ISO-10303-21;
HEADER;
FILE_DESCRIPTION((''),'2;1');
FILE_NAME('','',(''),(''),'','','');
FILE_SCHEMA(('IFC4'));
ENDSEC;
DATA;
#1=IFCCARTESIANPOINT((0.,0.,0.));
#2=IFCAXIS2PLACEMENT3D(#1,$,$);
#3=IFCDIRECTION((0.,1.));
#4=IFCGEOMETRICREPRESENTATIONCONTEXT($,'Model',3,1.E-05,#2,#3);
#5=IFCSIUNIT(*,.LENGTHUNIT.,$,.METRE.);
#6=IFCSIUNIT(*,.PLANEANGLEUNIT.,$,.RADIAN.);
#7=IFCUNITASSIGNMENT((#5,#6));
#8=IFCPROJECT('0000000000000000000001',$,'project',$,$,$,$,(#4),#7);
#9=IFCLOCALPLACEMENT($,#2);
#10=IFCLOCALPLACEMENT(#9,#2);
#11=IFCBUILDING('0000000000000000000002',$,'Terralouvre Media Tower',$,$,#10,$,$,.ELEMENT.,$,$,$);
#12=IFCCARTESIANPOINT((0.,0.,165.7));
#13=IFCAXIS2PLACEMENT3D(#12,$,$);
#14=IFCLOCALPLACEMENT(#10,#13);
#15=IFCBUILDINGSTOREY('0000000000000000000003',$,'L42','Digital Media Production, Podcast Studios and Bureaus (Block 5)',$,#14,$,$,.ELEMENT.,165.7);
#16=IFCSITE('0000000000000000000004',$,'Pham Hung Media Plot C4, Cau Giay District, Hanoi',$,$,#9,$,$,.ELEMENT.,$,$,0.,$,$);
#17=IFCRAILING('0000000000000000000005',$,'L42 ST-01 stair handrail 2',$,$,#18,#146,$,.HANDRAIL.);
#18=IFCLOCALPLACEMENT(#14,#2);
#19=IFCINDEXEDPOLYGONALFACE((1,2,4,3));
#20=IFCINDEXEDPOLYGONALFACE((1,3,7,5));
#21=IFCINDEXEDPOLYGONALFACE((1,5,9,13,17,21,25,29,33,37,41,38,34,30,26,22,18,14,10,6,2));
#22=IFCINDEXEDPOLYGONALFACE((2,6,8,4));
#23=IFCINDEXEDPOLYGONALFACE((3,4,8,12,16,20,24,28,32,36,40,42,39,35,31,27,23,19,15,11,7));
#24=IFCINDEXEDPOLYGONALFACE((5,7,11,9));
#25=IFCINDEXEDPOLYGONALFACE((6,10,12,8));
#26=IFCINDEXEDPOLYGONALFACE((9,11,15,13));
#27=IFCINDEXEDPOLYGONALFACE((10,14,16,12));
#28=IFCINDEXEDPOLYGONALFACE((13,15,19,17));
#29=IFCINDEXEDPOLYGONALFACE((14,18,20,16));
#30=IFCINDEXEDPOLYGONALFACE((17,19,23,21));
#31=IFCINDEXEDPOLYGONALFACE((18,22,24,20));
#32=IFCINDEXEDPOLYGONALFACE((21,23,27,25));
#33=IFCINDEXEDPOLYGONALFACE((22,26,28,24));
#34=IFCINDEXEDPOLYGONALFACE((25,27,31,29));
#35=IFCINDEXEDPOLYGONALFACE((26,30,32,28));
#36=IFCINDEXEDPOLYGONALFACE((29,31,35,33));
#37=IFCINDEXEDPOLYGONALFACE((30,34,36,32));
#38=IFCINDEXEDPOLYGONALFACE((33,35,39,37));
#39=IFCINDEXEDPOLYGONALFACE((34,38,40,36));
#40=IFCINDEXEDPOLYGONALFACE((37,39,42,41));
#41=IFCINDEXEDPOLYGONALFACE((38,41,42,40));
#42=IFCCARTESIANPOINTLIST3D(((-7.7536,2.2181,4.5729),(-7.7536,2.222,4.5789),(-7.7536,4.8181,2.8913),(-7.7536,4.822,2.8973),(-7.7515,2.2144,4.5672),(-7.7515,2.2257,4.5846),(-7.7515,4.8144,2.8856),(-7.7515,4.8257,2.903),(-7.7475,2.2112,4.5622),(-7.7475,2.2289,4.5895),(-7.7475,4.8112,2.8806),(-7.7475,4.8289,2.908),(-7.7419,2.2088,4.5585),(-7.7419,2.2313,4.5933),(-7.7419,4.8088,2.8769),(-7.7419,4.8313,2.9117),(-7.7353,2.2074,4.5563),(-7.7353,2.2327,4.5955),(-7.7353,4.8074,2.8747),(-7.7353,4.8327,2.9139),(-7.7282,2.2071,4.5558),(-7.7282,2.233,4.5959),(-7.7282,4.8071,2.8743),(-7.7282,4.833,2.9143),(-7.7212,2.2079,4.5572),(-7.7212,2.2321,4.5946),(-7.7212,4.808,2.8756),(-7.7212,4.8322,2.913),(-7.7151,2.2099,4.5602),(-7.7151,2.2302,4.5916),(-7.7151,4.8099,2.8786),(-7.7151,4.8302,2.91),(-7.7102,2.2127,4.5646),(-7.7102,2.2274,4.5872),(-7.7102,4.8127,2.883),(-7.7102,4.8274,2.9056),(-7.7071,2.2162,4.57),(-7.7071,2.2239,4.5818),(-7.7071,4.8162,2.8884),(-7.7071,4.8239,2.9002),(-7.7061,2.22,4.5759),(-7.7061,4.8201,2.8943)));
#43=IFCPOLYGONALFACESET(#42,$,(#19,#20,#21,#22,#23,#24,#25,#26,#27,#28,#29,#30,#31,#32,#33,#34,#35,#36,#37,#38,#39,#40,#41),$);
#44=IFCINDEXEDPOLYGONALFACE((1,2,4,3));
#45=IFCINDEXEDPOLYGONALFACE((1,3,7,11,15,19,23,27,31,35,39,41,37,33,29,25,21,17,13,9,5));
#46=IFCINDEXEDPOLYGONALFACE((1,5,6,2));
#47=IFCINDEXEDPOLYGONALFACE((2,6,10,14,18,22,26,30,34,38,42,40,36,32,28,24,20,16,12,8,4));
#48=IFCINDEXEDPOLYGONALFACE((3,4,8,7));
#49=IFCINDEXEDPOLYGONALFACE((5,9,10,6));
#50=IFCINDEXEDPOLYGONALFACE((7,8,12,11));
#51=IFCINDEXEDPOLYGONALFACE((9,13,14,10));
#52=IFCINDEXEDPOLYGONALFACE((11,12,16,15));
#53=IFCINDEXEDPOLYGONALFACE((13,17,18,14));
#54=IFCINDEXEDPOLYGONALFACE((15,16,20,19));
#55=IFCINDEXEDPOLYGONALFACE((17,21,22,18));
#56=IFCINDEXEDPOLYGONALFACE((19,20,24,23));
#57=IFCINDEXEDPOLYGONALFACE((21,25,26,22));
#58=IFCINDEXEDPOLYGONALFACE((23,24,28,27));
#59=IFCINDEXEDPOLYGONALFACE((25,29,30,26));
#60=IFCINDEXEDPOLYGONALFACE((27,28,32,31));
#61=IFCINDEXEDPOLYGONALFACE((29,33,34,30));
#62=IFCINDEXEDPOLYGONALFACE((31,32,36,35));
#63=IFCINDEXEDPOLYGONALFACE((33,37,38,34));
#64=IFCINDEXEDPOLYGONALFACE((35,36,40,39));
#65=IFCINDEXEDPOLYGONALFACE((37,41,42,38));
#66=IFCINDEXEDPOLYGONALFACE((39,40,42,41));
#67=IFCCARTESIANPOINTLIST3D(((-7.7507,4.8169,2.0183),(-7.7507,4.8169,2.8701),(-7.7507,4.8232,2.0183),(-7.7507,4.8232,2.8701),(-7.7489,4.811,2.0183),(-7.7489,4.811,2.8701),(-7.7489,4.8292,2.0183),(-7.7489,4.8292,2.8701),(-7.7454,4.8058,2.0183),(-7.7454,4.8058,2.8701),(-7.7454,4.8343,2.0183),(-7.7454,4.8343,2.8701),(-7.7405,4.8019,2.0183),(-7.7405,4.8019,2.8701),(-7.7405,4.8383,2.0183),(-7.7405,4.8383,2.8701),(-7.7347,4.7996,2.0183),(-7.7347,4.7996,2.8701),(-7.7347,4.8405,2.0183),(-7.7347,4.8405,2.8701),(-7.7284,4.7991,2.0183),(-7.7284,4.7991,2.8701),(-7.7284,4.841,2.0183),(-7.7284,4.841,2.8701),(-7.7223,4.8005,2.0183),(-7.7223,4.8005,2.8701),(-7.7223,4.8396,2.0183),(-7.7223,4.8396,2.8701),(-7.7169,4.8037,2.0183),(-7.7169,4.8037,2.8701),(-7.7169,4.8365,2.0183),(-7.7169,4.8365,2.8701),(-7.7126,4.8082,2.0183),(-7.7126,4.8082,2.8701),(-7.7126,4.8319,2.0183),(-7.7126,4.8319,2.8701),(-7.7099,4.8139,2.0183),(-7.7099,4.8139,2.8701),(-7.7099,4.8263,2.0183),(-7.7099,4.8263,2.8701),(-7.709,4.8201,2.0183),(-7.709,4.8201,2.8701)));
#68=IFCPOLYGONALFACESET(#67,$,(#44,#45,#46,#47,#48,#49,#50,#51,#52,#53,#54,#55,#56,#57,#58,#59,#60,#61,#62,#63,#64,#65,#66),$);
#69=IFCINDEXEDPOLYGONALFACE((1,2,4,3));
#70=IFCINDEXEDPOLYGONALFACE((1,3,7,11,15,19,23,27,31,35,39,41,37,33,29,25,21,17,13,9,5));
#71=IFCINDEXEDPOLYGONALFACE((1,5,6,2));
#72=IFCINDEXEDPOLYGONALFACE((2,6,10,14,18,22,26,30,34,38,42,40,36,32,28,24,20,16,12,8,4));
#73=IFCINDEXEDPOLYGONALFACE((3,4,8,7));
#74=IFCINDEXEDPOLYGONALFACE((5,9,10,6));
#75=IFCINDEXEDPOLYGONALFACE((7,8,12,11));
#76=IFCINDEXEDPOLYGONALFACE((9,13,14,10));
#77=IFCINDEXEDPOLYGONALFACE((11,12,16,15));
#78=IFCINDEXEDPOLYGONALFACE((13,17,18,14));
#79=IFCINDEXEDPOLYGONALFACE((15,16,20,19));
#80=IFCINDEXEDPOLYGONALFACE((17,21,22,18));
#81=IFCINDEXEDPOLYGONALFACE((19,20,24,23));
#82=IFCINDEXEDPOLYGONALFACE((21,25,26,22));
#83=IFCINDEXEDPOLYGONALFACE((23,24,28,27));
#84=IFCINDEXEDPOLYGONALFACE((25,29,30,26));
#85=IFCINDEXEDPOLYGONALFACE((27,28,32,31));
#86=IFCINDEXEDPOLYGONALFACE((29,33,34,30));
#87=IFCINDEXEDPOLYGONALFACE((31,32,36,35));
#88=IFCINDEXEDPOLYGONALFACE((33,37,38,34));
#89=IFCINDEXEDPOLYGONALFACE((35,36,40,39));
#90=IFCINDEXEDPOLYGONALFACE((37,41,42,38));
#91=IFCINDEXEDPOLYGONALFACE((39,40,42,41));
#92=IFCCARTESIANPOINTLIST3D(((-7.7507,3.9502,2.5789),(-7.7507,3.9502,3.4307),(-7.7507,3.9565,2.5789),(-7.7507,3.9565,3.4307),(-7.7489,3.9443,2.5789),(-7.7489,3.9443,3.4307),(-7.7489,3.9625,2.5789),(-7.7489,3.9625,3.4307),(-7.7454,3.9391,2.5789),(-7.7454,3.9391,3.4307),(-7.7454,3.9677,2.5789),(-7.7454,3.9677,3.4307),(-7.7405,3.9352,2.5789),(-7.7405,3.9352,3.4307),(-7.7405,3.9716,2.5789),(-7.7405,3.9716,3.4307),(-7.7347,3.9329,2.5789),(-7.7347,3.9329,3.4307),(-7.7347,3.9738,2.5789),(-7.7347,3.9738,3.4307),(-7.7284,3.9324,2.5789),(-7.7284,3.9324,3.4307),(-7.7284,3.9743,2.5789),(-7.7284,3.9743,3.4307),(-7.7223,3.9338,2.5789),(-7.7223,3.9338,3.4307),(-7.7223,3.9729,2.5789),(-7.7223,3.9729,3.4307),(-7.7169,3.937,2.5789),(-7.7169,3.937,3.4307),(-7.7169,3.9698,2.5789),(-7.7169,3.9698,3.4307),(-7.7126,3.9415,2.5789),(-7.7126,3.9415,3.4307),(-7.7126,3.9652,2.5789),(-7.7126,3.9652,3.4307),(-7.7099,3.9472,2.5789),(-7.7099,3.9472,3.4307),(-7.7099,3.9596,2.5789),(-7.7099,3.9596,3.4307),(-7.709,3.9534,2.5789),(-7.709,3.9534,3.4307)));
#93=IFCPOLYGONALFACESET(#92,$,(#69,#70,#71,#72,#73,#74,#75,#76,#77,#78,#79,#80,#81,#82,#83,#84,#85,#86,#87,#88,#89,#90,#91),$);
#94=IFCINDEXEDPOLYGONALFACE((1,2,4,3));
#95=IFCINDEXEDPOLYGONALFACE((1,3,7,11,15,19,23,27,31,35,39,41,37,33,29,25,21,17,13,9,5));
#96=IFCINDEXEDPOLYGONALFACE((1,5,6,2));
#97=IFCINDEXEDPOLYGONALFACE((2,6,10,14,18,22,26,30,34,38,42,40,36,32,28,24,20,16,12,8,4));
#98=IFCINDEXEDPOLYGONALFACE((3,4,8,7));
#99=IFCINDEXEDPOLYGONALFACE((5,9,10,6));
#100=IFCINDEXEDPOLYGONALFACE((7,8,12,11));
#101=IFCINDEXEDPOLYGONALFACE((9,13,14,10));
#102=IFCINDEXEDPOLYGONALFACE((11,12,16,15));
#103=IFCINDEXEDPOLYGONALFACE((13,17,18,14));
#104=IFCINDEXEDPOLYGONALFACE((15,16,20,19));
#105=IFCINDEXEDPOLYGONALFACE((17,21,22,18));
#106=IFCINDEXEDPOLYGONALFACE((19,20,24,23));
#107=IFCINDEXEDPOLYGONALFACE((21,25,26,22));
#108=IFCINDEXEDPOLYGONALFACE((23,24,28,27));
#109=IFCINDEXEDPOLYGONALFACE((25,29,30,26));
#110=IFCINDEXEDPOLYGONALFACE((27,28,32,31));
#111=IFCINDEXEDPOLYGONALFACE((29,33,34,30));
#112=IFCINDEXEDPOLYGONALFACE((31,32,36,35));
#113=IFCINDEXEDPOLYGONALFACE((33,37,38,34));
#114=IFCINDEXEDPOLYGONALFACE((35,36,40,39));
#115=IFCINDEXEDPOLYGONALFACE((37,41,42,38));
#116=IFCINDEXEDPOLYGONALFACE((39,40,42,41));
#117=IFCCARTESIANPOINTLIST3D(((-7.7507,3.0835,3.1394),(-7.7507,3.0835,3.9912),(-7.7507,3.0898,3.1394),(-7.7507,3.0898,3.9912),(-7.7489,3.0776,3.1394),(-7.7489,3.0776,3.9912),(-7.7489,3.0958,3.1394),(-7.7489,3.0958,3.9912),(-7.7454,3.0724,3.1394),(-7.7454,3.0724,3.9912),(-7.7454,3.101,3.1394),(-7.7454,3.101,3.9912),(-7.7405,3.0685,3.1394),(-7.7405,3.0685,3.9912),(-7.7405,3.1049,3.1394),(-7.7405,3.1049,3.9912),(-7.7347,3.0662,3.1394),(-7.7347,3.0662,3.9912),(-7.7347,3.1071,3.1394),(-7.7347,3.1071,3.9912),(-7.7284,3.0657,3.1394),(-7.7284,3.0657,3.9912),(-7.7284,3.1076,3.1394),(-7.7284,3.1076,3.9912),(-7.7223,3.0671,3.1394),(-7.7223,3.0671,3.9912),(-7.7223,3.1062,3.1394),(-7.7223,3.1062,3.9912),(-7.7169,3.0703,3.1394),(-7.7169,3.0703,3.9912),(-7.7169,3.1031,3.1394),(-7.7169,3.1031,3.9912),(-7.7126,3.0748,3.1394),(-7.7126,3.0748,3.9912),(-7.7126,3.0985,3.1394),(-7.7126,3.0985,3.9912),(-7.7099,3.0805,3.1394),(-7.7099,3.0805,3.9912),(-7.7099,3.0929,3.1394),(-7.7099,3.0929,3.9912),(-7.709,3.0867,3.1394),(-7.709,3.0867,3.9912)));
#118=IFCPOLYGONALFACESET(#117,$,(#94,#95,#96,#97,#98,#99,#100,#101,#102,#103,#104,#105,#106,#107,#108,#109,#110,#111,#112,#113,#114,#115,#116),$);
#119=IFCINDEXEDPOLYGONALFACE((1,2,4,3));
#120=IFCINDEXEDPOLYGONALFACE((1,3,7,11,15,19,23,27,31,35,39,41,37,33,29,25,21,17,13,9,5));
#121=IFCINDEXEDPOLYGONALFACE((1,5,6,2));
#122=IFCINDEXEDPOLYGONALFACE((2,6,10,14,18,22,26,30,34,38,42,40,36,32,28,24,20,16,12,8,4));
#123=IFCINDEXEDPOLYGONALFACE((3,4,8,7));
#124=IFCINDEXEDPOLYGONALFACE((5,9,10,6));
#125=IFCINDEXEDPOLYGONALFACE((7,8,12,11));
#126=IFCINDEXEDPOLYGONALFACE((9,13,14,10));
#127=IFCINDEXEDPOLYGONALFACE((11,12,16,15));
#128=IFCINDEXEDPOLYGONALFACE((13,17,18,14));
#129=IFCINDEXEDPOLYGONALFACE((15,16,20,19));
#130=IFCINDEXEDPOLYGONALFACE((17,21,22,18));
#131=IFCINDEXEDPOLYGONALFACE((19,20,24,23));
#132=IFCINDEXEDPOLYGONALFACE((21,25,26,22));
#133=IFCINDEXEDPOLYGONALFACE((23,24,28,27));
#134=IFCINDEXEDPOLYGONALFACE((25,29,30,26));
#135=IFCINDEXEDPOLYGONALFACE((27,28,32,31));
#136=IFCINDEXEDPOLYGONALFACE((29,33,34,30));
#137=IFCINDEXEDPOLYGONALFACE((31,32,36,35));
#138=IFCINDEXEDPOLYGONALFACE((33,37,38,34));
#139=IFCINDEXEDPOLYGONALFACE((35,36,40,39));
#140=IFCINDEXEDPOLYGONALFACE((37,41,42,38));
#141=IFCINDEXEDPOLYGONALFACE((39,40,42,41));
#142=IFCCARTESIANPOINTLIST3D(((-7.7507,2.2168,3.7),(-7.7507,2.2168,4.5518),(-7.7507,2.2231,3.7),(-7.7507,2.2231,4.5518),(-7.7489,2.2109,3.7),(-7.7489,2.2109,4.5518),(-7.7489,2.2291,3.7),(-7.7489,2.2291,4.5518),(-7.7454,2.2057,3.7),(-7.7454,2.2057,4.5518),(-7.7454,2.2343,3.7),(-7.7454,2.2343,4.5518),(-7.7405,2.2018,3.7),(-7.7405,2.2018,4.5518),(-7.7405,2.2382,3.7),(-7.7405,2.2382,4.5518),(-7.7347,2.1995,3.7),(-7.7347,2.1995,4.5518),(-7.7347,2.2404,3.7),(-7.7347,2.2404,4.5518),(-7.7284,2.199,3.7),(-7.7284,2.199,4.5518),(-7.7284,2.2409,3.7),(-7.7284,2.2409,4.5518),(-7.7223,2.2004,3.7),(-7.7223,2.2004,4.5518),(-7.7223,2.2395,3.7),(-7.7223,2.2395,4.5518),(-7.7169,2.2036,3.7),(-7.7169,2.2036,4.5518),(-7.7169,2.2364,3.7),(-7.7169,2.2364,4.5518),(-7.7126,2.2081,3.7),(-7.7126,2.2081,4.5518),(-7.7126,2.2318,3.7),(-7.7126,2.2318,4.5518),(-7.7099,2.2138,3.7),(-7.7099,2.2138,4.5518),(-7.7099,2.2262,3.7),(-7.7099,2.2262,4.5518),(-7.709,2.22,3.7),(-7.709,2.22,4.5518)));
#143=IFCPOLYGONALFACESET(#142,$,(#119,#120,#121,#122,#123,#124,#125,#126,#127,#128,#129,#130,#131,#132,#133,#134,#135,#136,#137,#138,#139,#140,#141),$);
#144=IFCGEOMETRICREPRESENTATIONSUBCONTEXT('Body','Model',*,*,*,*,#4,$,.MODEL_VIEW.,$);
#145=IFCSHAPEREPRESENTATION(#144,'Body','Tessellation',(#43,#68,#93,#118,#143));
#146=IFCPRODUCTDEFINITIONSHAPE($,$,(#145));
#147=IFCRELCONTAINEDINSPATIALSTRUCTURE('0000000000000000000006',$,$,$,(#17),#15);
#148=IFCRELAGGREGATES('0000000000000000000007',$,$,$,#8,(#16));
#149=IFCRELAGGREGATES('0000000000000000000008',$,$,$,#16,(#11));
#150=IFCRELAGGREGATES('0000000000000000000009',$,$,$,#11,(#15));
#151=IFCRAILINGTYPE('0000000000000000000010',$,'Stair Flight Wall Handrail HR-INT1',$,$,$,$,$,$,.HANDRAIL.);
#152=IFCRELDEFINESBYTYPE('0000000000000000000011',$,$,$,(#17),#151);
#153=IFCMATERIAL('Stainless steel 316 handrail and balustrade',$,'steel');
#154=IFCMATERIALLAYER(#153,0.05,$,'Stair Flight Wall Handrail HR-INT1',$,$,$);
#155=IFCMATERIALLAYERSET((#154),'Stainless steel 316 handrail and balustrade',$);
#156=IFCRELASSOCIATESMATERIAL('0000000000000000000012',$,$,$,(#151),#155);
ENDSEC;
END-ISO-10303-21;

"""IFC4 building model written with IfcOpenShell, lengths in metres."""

from ifc_helpers import new_model, si_unit, direction, frame, origin, origin_2d, place, context, subcontext, project, spatial, circle, extrude, material, layer, layer_set, type_object, element, save


model = new_model("IFC4")

# Units and contexts
model_context = context("Model", 3, precision=1e-05, world=origin(), true_north=direction((0.0, 1.0)))
body_context = subcontext(model_context, "Body", "Model", "MODEL_VIEW")
ifc_project = project(units=[si_unit("LENGTHUNIT", "METRE"), si_unit("PLANEANGLEUNIT", "RADIAN")], contexts=[model_context])

# Site, building, storey
site_placement = place(None, origin())
site = spatial("IfcSite", under=ifc_project, at=site_placement, Name="Pham Hung Media Plot C4, Cau Giay District, Hanoi", CompositionType="ELEMENT", RefElevation=0.0)
building_placement = place(site_placement, origin())
building = spatial("IfcBuilding", under=site, at=building_placement, Name="Terralouvre Media Tower", CompositionType="ELEMENT")
storey_placement = place(building_placement, frame((0.0, 0.0, 165.7)))
storey = spatial("IfcBuildingStorey", under=building, at=storey_placement, Name="L42", Description="Digital Media Production, Podcast Studios and Bureaus (Block 5)", CompositionType="ELEMENT", Elevation=165.7)

# Railing
ifc_material_1 = material(Name="Stainless steel 316 handrail and balustrade", Category="steel")
ifc_layer_1 = layer(ifc_material_1, 0.05, Name="Stair Flight Wall Handrail HR-INT1")
ifc_layer_set_1 = layer_set([ifc_layer_1], Name="Stainless steel 316 handrail and balustrade")
railing_type_1 = type_object("IfcRailingType", Name="Stair Flight Wall Handrail HR-INT1", PredefinedType="HANDRAIL", material=ifc_layer_set_1)
railing_1_placement = place(storey_placement, frame((-7.73, 4.8201, 2.0183)))
element("IfcRailing", 1, at=railing_1_placement, inside=storey, type_object=railing_type_1, Name="L42 ST-01 stair handrail 2", PredefinedType="HANDRAIL", context=body_context, shape_type="SweptSolid", body=[
    extrude(circle(Radius=0.0239, at=origin_2d()), frame((0.0, 0.0, 0.876), z_axis=(0.0, -0.839684, 0.543075), x_axis=(1.0, 0.0, 0.0)), (0.0, 0.0, 1.0), 3.0964),
    extrude(circle(Radius=0.021, at=origin_2d()), origin(), (0.0, 0.0, 1.0), 0.8518),
    extrude(circle(Radius=0.021, at=origin_2d()), frame((0.0, -0.8667, 0.5605)), (0.0, 0.0, 1.0), 0.8518),
    extrude(circle(Radius=0.021, at=origin_2d()), frame((0.0, -1.7334, 1.1211)), (0.0, 0.0, 1.0), 0.8518),
    extrude(circle(Radius=0.021, at=origin_2d()), frame((0.0, -2.6001, 1.6816)), (0.0, 0.0, 1.0), 0.8518),
])

save(model, "model.ifc")
